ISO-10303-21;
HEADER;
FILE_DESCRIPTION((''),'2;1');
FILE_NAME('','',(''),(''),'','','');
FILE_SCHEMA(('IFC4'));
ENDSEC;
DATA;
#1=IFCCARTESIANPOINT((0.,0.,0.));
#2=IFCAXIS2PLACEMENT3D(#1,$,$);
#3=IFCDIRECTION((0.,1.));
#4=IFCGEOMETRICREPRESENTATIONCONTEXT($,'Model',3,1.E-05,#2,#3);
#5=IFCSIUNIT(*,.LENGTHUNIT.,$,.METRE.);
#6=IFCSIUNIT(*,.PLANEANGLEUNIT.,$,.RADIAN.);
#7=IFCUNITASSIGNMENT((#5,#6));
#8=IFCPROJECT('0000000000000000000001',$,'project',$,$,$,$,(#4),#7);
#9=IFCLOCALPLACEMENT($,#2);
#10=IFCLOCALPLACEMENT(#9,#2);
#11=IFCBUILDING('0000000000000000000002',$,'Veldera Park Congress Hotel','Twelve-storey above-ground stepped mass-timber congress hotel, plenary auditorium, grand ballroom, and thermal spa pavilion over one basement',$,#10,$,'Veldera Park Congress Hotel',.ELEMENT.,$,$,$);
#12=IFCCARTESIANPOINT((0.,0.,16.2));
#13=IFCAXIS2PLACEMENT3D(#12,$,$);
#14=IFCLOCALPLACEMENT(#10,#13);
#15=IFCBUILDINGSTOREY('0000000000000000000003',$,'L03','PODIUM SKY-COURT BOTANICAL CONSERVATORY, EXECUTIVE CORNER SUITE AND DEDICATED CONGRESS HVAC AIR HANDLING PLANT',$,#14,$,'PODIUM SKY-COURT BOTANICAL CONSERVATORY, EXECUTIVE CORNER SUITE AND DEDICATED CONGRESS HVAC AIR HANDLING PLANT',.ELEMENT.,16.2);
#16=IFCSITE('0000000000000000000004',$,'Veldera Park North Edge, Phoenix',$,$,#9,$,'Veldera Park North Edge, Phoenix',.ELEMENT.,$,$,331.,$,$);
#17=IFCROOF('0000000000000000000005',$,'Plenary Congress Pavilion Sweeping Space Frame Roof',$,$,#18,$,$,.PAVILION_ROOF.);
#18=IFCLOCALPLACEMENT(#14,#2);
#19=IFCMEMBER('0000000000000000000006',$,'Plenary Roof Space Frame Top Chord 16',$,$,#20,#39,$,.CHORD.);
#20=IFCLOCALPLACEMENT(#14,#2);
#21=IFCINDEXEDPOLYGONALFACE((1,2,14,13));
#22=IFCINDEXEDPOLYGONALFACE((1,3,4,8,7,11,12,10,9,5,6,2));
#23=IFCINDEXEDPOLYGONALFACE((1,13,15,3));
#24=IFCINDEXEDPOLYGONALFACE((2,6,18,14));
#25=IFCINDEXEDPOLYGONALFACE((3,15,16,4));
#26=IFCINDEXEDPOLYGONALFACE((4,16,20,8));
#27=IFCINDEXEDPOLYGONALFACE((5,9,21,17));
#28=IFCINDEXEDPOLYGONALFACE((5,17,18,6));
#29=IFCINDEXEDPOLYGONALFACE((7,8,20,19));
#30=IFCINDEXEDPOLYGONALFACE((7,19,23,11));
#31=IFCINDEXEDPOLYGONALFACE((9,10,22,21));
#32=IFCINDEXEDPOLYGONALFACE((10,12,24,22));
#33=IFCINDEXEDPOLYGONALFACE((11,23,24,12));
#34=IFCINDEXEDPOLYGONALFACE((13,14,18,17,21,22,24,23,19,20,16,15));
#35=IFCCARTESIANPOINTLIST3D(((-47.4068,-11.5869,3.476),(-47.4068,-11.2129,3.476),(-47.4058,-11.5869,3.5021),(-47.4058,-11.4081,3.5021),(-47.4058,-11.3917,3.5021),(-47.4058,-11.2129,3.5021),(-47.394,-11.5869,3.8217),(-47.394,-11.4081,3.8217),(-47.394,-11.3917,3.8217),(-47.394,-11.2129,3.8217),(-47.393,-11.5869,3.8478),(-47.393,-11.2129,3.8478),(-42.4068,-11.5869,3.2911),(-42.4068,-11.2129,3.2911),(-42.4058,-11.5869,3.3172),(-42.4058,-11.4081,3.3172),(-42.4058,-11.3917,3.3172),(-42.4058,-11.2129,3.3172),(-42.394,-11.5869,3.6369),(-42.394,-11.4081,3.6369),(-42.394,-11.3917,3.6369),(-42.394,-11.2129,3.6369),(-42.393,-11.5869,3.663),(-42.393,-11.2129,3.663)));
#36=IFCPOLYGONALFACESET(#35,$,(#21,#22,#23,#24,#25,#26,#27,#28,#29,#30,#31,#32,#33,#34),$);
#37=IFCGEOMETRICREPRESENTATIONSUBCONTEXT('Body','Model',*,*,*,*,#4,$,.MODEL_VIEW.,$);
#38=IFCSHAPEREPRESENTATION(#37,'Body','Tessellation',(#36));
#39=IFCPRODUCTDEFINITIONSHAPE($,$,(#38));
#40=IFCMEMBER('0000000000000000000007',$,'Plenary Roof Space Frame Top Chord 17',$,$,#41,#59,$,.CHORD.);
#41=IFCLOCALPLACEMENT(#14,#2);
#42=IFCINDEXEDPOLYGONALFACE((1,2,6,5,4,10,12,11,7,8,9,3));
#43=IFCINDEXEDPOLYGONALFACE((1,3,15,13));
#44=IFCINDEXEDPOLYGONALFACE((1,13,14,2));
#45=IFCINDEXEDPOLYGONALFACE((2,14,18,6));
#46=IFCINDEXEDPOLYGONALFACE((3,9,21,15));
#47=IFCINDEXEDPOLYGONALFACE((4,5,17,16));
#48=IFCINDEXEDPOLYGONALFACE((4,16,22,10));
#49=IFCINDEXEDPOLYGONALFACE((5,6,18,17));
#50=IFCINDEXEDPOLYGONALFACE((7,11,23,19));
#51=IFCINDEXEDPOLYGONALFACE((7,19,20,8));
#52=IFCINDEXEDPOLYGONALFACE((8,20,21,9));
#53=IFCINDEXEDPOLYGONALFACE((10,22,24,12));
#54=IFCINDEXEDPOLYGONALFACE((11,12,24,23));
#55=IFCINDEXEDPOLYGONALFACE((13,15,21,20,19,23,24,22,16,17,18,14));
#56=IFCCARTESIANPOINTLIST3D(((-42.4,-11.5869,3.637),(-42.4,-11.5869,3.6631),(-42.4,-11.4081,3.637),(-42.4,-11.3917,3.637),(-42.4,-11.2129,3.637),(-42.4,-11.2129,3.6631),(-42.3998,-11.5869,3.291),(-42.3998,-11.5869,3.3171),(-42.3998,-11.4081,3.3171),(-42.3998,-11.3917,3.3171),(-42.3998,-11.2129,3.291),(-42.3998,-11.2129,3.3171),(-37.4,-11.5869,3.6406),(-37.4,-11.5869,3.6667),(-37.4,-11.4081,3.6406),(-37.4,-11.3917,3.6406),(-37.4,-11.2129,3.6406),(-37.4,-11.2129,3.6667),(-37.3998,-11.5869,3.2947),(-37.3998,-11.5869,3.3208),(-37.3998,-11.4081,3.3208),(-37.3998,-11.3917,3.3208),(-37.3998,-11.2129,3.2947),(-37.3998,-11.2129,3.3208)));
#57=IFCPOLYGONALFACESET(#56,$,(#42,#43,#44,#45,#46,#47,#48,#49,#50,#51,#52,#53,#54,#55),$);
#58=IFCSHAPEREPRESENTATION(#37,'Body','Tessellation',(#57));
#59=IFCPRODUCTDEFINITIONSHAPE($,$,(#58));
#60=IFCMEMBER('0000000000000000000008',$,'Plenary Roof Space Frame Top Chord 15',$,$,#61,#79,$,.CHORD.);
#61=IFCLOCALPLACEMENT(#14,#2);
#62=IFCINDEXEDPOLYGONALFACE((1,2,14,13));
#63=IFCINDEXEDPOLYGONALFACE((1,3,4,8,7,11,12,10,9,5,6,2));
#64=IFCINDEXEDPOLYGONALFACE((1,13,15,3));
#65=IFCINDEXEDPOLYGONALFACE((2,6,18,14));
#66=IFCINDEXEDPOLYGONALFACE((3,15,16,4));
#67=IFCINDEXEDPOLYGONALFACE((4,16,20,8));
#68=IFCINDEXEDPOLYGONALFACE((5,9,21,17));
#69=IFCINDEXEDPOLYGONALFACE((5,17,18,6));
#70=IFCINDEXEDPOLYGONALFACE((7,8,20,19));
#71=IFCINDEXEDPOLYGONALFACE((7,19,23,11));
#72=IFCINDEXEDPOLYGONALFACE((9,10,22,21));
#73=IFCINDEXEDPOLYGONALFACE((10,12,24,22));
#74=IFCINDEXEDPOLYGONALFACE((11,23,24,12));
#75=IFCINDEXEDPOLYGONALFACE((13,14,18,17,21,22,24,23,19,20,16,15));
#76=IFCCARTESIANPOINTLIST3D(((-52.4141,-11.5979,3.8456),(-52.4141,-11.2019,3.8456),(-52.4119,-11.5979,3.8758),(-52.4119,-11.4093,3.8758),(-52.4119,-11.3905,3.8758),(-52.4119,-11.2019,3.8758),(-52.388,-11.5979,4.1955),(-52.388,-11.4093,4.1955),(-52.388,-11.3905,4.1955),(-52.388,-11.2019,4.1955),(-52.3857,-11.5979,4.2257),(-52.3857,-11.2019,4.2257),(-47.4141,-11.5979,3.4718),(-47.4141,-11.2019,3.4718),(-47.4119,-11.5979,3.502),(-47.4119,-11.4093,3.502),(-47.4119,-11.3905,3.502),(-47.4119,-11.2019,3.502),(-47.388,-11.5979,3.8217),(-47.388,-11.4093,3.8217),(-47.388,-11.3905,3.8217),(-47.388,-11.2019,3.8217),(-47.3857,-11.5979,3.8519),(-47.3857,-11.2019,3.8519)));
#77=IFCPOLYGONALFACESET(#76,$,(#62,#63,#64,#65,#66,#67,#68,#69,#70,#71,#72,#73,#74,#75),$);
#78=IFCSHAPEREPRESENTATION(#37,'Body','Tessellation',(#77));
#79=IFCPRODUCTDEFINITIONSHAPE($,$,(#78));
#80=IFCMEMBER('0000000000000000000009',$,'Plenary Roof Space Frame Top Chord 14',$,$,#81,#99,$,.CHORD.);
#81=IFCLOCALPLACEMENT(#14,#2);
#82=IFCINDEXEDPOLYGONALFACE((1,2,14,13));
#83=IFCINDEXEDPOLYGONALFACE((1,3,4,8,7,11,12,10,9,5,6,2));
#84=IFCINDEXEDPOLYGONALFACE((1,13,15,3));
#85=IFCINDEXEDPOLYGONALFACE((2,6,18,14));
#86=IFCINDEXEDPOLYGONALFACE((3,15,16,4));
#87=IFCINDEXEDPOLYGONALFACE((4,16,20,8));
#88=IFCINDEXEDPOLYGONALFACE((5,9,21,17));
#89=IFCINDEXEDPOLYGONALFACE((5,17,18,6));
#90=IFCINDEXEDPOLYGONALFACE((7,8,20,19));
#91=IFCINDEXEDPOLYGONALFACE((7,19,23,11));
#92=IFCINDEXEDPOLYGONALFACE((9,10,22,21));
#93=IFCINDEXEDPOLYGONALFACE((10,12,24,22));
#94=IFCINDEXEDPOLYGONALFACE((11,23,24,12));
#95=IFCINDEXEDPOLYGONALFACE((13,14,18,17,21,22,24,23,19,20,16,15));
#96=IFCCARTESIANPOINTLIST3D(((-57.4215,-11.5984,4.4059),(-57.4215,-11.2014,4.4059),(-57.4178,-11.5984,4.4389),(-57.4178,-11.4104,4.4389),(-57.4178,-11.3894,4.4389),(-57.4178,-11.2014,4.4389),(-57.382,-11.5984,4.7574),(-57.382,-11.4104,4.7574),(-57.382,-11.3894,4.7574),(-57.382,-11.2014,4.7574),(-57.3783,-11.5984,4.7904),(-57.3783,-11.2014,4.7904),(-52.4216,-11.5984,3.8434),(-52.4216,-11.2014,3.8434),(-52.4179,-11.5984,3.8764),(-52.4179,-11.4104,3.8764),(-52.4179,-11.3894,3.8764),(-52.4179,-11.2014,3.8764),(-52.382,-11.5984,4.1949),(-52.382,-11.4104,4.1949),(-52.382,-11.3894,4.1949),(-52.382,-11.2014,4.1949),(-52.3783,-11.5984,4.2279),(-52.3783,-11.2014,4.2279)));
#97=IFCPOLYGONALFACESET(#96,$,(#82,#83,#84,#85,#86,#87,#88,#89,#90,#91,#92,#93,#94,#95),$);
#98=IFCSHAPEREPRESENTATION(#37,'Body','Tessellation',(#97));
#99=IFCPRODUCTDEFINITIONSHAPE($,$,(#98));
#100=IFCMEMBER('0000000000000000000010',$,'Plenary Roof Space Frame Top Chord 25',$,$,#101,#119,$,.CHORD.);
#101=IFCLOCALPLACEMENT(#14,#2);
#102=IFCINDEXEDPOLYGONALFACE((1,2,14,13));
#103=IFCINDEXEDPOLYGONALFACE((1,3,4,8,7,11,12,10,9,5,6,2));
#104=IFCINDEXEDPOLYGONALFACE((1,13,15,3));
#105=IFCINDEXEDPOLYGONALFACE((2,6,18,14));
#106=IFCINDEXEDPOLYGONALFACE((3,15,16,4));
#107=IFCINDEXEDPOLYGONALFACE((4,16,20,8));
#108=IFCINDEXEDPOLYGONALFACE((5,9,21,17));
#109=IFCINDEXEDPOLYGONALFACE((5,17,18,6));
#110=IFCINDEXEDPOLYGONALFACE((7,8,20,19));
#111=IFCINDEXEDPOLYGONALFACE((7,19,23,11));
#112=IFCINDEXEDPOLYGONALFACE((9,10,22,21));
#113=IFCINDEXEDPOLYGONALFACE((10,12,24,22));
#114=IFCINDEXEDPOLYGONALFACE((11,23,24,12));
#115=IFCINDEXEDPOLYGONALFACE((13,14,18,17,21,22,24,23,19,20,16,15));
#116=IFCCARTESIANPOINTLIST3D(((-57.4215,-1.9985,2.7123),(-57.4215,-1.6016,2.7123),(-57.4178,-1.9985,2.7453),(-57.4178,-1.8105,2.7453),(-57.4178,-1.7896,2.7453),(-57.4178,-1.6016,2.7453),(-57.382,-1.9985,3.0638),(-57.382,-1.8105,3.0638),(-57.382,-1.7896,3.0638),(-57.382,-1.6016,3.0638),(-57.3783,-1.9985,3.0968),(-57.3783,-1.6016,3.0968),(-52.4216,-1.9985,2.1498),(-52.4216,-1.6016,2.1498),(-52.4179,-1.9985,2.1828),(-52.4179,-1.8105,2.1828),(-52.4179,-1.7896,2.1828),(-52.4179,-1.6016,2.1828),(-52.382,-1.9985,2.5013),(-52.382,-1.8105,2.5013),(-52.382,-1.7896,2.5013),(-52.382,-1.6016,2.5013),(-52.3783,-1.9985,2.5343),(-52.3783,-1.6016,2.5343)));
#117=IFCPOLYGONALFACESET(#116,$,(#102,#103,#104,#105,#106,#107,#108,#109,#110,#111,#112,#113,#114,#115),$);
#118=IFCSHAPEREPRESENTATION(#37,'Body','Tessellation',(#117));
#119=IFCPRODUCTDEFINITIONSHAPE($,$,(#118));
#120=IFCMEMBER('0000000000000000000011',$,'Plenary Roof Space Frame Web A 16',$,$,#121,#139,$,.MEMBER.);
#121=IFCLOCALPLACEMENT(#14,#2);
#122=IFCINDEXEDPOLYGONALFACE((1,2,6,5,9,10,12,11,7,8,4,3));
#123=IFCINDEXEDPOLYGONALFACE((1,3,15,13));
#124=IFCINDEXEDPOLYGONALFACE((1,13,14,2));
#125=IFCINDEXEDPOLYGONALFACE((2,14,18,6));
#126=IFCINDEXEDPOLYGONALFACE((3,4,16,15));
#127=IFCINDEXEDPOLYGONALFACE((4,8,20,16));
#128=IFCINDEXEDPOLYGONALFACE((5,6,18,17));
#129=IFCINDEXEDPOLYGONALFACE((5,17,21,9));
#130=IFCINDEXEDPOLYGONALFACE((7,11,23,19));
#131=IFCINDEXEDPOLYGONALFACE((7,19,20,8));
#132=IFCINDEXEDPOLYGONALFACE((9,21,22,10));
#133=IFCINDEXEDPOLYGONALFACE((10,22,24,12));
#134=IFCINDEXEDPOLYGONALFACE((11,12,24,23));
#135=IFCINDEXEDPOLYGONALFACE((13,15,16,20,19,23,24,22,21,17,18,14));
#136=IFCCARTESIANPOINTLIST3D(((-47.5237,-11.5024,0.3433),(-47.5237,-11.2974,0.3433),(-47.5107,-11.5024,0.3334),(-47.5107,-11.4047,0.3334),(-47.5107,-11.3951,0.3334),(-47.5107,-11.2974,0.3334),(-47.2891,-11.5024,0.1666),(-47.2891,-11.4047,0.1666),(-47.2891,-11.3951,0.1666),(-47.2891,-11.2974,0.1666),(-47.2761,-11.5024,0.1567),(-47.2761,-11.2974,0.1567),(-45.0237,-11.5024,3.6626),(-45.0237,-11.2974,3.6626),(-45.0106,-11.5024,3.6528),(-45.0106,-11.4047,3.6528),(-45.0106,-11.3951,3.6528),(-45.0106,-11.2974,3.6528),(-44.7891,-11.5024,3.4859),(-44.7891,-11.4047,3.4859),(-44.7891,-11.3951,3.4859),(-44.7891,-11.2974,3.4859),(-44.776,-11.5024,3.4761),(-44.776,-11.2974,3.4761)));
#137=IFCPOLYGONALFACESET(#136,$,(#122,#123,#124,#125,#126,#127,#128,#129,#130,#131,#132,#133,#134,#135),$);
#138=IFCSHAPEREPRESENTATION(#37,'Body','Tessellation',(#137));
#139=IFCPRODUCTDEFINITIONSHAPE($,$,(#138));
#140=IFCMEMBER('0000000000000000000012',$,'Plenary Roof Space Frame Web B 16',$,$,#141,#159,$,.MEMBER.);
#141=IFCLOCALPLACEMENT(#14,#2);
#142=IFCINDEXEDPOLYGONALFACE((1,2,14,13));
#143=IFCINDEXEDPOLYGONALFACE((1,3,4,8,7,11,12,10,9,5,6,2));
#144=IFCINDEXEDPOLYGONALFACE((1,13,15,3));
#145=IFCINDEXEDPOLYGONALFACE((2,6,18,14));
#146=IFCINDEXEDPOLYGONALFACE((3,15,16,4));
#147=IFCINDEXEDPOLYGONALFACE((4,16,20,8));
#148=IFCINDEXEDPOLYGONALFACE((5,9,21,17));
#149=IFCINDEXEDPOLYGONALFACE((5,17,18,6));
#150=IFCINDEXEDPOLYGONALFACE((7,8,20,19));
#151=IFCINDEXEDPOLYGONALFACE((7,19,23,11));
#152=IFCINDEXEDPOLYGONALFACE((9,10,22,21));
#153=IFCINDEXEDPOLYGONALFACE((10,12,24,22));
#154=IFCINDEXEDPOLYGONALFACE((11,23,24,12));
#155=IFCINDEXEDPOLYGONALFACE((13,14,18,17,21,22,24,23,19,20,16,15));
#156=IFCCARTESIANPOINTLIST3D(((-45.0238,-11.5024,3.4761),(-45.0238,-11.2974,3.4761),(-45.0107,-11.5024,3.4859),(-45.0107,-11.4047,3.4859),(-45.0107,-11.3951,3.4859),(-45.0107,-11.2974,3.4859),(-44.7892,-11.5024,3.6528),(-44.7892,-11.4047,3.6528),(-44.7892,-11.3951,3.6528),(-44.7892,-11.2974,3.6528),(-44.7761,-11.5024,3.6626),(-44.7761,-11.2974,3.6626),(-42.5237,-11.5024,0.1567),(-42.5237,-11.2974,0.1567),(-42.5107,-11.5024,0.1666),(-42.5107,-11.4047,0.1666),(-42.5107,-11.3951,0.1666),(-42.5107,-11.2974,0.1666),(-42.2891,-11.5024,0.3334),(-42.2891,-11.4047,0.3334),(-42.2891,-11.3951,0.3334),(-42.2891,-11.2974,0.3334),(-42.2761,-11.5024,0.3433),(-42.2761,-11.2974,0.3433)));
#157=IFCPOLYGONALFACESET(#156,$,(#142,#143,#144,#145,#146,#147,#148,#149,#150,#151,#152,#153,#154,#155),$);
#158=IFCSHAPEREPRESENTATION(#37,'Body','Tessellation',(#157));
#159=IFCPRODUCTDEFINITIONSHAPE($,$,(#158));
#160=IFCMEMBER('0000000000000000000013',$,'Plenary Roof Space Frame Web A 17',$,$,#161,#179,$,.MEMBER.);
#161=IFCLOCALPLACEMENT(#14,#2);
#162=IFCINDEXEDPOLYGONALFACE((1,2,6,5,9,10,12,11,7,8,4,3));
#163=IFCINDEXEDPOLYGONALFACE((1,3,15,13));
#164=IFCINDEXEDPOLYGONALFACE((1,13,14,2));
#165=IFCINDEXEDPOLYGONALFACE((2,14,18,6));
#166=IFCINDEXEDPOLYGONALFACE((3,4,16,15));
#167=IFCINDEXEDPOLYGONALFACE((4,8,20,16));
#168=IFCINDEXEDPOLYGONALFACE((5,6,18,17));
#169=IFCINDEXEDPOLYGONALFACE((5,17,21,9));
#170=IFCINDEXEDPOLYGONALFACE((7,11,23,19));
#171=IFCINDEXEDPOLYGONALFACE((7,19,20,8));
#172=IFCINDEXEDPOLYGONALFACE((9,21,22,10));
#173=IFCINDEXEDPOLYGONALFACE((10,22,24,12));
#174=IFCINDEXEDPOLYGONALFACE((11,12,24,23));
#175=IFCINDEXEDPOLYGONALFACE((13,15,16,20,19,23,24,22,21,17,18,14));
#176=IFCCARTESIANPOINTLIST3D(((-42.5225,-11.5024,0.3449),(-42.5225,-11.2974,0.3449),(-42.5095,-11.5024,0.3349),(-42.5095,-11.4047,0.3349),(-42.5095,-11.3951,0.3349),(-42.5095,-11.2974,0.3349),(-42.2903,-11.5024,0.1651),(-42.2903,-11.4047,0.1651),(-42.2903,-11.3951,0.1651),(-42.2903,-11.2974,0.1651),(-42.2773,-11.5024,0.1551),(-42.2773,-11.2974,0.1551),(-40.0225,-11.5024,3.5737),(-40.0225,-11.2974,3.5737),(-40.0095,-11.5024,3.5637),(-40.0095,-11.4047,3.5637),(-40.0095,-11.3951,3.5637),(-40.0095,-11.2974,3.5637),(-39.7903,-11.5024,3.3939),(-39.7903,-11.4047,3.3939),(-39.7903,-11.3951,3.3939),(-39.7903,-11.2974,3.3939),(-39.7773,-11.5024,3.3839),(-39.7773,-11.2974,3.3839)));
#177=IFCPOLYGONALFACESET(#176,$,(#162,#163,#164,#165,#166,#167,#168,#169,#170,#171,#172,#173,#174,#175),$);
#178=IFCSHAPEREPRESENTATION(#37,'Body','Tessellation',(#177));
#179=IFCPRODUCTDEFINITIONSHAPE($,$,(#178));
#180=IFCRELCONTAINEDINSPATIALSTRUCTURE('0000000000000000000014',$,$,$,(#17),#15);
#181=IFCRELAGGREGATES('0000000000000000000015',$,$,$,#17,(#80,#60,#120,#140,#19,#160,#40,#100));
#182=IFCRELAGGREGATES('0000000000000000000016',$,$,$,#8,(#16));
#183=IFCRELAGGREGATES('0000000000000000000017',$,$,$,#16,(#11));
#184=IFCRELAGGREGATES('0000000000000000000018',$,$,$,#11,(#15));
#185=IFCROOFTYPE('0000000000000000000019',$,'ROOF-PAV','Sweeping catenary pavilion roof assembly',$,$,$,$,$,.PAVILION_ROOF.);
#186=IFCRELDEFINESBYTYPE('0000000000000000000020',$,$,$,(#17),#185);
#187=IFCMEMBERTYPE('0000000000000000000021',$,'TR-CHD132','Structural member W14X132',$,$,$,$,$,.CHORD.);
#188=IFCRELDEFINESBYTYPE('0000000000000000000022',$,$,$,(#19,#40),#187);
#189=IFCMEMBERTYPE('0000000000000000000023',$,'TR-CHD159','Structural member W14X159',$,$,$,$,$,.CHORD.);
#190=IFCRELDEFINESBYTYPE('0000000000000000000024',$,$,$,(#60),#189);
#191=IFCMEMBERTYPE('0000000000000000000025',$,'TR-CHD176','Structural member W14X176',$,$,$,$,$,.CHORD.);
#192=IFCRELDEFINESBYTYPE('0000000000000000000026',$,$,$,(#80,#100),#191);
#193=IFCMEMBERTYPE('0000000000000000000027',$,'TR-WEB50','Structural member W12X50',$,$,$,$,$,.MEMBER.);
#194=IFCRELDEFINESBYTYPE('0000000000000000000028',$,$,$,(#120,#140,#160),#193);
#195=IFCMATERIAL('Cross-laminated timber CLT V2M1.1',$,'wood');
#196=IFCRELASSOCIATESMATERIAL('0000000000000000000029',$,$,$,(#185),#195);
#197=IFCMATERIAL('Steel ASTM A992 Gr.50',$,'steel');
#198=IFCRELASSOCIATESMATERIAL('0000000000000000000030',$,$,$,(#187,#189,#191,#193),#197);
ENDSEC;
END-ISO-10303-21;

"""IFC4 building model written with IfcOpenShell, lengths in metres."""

from ifc_helpers import new_model, si_unit, direction, frame, origin, origin_2d, place, context, subcontext, project, spatial, i_section, extrude, material, material_profile, profile_set, type_object, element, aggregate, save


model = new_model("IFC4")

# Units and contexts
model_context = context("Model", 3, precision=1e-05, world=origin(), true_north=direction((0.0, 1.0)))
body_context = subcontext(model_context, "Body", "Model", "MODEL_VIEW")
ifc_project = project(units=[si_unit("LENGTHUNIT", "METRE"), si_unit("PLANEANGLEUNIT", "RADIAN")], contexts=[model_context])

# Site, building, storey
site_placement = place(None, origin())
site = spatial("IfcSite", under=ifc_project, at=site_placement, Name="Veldera Park North Edge, Phoenix", LongName="Veldera Park North Edge, Phoenix", CompositionType="ELEMENT", RefElevation=331.0)
building_placement = place(site_placement, origin())
building = spatial("IfcBuilding", under=site, at=building_placement, Name="Veldera Park Congress Hotel", Description="Twelve-storey above-ground stepped mass-timber congress hotel, plenary auditorium, grand ballroom, and thermal spa pavilion over one basement", LongName="Veldera Park Congress Hotel", CompositionType="ELEMENT")
storey_placement = place(building_placement, frame((0.0, 0.0, 16.2)))
storey = spatial("IfcBuildingStorey", under=building, at=storey_placement, Name="L03", Description="PODIUM SKY-COURT BOTANICAL CONSERVATORY, EXECUTIVE CORNER SUITE AND DEDICATED CONGRESS HVAC AIR HANDLING PLANT", LongName="PODIUM SKY-COURT BOTANICAL CONSERVATORY, EXECUTIVE CORNER SUITE AND DEDICATED CONGRESS HVAC AIR HANDLING PLANT", CompositionType="ELEMENT", Elevation=16.2)

# Roof, members
ifc_material_1 = material(Name="Cross-laminated timber CLT V2M1.1", Category="wood")
roof_type = type_object("IfcRoofType", Name="ROOF-PAV", Description="Sweeping catenary pavilion roof assembly", PredefinedType="PAVILION_ROOF", material=ifc_material_1)
roof_placement = place(storey_placement, origin())
roof = element("IfcRoof", 1, at=roof_placement, inside=storey, type_object=roof_type, Name="Plenary Congress Pavilion Sweeping Space Frame Roof", PredefinedType="PAVILION_ROOF")
ifc_material_2 = material(Name="Steel ASTM A992 Gr.50", Category="steel")
ifc_material_profile_1 = material_profile(ifc_material_2, i_section(OverallWidth=0.374, OverallDepth=0.3721, WebThickness=0.0164, FlangeThickness=0.0261, at=origin_2d()), Name="W14X132")
ifc_profile_set_1 = profile_set([ifc_material_profile_1], Name="Steel ASTM A992 Gr.50")
member_type_1 = type_object("IfcMemberType", Name="TR-CHD132", Description="Structural member W14X132", PredefinedType="CHORD", material=ifc_profile_set_1)
member_1_placement = place(storey_placement, frame((-47.3999, -11.3999, 3.6619), z_axis=(0.999318, 0.0, -0.036938), x_axis=(0.0, 1.0, 0.0)))
member_1 = element("IfcMember", 2, at=member_1_placement, type_object=member_type_1, Name="Plenary Roof Space Frame Top Chord 16", PredefinedType="CHORD", context=body_context, shape_type="SweptSolid", body=[
    extrude(i_section(OverallWidth=0.374, OverallDepth=0.3721, WebThickness=0.0164, FlangeThickness=0.0261, at=origin_2d()), origin(), (0.0, 0.0, 1.0), 5.0034),
])
member_2_placement = place(storey_placement, frame((-42.3999, -11.3999, 3.4771), z_axis=(1.0, 0.0, 0.000732), x_axis=(0.0, 1.0, 0.0)))
member_2 = element("IfcMember", 3, at=member_2_placement, type_object=member_type_1, Name="Plenary Roof Space Frame Top Chord 17", PredefinedType="CHORD", context=body_context, shape_type="SweptSolid", body=[
    extrude(i_section(OverallWidth=0.374, OverallDepth=0.3721, WebThickness=0.0164, FlangeThickness=0.0261, at=origin_2d()), origin(), (0.0, 0.0, 1.0), 5.0),
])
ifc_material_profile_2 = material_profile(ifc_material_2, i_section(OverallWidth=0.396, OverallDepth=0.3811, WebThickness=0.0188, FlangeThickness=0.0303, at=origin_2d()), Name="W14X159")
ifc_profile_set_2 = profile_set([ifc_material_profile_2], Name="Steel ASTM A992 Gr.50")
member_type_2 = type_object("IfcMemberType", Name="TR-CHD159", Description="Structural member W14X159", PredefinedType="CHORD", material=ifc_profile_set_2)
member_3_placement = place(storey_placement, frame((-52.3999, -11.3999, 4.0356), z_axis=(0.997217, 0.0, -0.074548), x_axis=(0.0, 1.0, 0.0)))
member_3 = element("IfcMember", 4, at=member_3_placement, type_object=member_type_2, Name="Plenary Roof Space Frame Top Chord 15", PredefinedType="CHORD", context=body_context, shape_type="SweptSolid", body=[
    extrude(i_section(OverallWidth=0.396, OverallDepth=0.3811, WebThickness=0.0188, FlangeThickness=0.0303, at=origin_2d()), origin(), (0.0, 0.0, 1.0), 5.0139),
])
ifc_material_profile_3 = material_profile(ifc_material_2, i_section(OverallWidth=0.397, OverallDepth=0.387, WebThickness=0.021, FlangeThickness=0.0332, at=origin_2d()), Name="W14X176")
ifc_profile_set_3 = profile_set([ifc_material_profile_3], Name="Steel ASTM A992 Gr.50")
member_type_3 = type_object("IfcMemberType", Name="TR-CHD176", Description="Structural member W14X176", PredefinedType="CHORD", material=ifc_profile_set_3)
member_4_placement = place(storey_placement, frame((-57.3999, -11.3999, 4.5981), z_axis=(0.993731, 0.0, -0.111795), x_axis=(0.0, 1.0, 0.0)))
member_4 = element("IfcMember", 5, at=member_4_placement, type_object=member_type_3, Name="Plenary Roof Space Frame Top Chord 14", PredefinedType="CHORD", context=body_context, shape_type="SweptSolid", body=[
    extrude(i_section(OverallWidth=0.397, OverallDepth=0.387, WebThickness=0.021, FlangeThickness=0.0332, at=origin_2d()), origin(), (0.0, 0.0, 1.0), 5.0315),
])
member_5_placement = place(storey_placement, frame((-57.3999, -1.8, 2.9045), z_axis=(0.993731, 0.0, -0.111795), x_axis=(0.0, 1.0, 0.0)))
member_5 = element("IfcMember", 6, at=member_5_placement, type_object=member_type_3, Name="Plenary Roof Space Frame Top Chord 25", PredefinedType="CHORD", context=body_context, shape_type="SweptSolid", body=[
    extrude(i_section(OverallWidth=0.397, OverallDepth=0.387, WebThickness=0.021, FlangeThickness=0.0332, at=origin_2d()), origin(), (0.0, 0.0, 1.0), 5.0315),
])
ifc_material_profile_4 = material_profile(ifc_material_2, i_section(OverallWidth=0.2051, OverallDepth=0.3101, WebThickness=0.0095, FlangeThickness=0.0164, at=origin_2d()), Name="W12X50")
ifc_profile_set_4 = profile_set([ifc_material_profile_4], Name="Steel ASTM A992 Gr.50")
member_type_4 = type_object("IfcMemberType", Name="TR-WEB50", Description="Structural member W12X50", PredefinedType="MEMBER", material=ifc_profile_set_4)
member_6_placement = place(storey_placement, frame((-47.3999, -11.3999, 0.25), z_axis=(0.601616, 0.0, 0.798786), x_axis=(0.0, 1.0, 0.0)))
member_6 = element("IfcMember", 7, at=member_6_placement, type_object=member_type_4, Name="Plenary Roof Space Frame Web A 16", PredefinedType="MEMBER", context=body_context, shape_type="SweptSolid", body=[
    extrude(i_section(OverallWidth=0.2051, OverallDepth=0.3101, WebThickness=0.0095, FlangeThickness=0.0164, at=origin_2d()), origin(), (0.0, 0.0, 1.0), 4.1555),
])
member_7_placement = place(storey_placement, frame((-42.3999, -11.3999, 0.25), z_axis=(-0.601616, 0.0, 0.798786), x_axis=(0.0, -1.0, 0.0)))
member_7 = element("IfcMember", 8, at=member_7_placement, type_object=member_type_4, Name="Plenary Roof Space Frame Web B 16", PredefinedType="MEMBER", context=body_context, shape_type="SweptSolid", body=[
    extrude(i_section(OverallWidth=0.2051, OverallDepth=0.3101, WebThickness=0.0095, FlangeThickness=0.0164, at=origin_2d()), origin(), (0.0, 0.0, 1.0), 4.1555),
])
member_8_placement = place(storey_placement, frame((-42.3999, -11.3999, 0.25), z_axis=(0.612221, 0.0, 0.790686), x_axis=(0.0, 1.0, 0.0)))
member_8 = element("IfcMember", 9, at=member_8_placement, type_object=member_type_4, Name="Plenary Roof Space Frame Web A 17", PredefinedType="MEMBER", context=body_context, shape_type="SweptSolid", body=[
    extrude(i_section(OverallWidth=0.2051, OverallDepth=0.3101, WebThickness=0.0095, FlangeThickness=0.0164, at=origin_2d()), origin(), (0.0, 0.0, 1.0), 4.0835),
])
aggregate(roof, [member_4, member_3, member_6, member_7, member_1, member_8, member_2, member_5])

save(model, "model.ifc")
